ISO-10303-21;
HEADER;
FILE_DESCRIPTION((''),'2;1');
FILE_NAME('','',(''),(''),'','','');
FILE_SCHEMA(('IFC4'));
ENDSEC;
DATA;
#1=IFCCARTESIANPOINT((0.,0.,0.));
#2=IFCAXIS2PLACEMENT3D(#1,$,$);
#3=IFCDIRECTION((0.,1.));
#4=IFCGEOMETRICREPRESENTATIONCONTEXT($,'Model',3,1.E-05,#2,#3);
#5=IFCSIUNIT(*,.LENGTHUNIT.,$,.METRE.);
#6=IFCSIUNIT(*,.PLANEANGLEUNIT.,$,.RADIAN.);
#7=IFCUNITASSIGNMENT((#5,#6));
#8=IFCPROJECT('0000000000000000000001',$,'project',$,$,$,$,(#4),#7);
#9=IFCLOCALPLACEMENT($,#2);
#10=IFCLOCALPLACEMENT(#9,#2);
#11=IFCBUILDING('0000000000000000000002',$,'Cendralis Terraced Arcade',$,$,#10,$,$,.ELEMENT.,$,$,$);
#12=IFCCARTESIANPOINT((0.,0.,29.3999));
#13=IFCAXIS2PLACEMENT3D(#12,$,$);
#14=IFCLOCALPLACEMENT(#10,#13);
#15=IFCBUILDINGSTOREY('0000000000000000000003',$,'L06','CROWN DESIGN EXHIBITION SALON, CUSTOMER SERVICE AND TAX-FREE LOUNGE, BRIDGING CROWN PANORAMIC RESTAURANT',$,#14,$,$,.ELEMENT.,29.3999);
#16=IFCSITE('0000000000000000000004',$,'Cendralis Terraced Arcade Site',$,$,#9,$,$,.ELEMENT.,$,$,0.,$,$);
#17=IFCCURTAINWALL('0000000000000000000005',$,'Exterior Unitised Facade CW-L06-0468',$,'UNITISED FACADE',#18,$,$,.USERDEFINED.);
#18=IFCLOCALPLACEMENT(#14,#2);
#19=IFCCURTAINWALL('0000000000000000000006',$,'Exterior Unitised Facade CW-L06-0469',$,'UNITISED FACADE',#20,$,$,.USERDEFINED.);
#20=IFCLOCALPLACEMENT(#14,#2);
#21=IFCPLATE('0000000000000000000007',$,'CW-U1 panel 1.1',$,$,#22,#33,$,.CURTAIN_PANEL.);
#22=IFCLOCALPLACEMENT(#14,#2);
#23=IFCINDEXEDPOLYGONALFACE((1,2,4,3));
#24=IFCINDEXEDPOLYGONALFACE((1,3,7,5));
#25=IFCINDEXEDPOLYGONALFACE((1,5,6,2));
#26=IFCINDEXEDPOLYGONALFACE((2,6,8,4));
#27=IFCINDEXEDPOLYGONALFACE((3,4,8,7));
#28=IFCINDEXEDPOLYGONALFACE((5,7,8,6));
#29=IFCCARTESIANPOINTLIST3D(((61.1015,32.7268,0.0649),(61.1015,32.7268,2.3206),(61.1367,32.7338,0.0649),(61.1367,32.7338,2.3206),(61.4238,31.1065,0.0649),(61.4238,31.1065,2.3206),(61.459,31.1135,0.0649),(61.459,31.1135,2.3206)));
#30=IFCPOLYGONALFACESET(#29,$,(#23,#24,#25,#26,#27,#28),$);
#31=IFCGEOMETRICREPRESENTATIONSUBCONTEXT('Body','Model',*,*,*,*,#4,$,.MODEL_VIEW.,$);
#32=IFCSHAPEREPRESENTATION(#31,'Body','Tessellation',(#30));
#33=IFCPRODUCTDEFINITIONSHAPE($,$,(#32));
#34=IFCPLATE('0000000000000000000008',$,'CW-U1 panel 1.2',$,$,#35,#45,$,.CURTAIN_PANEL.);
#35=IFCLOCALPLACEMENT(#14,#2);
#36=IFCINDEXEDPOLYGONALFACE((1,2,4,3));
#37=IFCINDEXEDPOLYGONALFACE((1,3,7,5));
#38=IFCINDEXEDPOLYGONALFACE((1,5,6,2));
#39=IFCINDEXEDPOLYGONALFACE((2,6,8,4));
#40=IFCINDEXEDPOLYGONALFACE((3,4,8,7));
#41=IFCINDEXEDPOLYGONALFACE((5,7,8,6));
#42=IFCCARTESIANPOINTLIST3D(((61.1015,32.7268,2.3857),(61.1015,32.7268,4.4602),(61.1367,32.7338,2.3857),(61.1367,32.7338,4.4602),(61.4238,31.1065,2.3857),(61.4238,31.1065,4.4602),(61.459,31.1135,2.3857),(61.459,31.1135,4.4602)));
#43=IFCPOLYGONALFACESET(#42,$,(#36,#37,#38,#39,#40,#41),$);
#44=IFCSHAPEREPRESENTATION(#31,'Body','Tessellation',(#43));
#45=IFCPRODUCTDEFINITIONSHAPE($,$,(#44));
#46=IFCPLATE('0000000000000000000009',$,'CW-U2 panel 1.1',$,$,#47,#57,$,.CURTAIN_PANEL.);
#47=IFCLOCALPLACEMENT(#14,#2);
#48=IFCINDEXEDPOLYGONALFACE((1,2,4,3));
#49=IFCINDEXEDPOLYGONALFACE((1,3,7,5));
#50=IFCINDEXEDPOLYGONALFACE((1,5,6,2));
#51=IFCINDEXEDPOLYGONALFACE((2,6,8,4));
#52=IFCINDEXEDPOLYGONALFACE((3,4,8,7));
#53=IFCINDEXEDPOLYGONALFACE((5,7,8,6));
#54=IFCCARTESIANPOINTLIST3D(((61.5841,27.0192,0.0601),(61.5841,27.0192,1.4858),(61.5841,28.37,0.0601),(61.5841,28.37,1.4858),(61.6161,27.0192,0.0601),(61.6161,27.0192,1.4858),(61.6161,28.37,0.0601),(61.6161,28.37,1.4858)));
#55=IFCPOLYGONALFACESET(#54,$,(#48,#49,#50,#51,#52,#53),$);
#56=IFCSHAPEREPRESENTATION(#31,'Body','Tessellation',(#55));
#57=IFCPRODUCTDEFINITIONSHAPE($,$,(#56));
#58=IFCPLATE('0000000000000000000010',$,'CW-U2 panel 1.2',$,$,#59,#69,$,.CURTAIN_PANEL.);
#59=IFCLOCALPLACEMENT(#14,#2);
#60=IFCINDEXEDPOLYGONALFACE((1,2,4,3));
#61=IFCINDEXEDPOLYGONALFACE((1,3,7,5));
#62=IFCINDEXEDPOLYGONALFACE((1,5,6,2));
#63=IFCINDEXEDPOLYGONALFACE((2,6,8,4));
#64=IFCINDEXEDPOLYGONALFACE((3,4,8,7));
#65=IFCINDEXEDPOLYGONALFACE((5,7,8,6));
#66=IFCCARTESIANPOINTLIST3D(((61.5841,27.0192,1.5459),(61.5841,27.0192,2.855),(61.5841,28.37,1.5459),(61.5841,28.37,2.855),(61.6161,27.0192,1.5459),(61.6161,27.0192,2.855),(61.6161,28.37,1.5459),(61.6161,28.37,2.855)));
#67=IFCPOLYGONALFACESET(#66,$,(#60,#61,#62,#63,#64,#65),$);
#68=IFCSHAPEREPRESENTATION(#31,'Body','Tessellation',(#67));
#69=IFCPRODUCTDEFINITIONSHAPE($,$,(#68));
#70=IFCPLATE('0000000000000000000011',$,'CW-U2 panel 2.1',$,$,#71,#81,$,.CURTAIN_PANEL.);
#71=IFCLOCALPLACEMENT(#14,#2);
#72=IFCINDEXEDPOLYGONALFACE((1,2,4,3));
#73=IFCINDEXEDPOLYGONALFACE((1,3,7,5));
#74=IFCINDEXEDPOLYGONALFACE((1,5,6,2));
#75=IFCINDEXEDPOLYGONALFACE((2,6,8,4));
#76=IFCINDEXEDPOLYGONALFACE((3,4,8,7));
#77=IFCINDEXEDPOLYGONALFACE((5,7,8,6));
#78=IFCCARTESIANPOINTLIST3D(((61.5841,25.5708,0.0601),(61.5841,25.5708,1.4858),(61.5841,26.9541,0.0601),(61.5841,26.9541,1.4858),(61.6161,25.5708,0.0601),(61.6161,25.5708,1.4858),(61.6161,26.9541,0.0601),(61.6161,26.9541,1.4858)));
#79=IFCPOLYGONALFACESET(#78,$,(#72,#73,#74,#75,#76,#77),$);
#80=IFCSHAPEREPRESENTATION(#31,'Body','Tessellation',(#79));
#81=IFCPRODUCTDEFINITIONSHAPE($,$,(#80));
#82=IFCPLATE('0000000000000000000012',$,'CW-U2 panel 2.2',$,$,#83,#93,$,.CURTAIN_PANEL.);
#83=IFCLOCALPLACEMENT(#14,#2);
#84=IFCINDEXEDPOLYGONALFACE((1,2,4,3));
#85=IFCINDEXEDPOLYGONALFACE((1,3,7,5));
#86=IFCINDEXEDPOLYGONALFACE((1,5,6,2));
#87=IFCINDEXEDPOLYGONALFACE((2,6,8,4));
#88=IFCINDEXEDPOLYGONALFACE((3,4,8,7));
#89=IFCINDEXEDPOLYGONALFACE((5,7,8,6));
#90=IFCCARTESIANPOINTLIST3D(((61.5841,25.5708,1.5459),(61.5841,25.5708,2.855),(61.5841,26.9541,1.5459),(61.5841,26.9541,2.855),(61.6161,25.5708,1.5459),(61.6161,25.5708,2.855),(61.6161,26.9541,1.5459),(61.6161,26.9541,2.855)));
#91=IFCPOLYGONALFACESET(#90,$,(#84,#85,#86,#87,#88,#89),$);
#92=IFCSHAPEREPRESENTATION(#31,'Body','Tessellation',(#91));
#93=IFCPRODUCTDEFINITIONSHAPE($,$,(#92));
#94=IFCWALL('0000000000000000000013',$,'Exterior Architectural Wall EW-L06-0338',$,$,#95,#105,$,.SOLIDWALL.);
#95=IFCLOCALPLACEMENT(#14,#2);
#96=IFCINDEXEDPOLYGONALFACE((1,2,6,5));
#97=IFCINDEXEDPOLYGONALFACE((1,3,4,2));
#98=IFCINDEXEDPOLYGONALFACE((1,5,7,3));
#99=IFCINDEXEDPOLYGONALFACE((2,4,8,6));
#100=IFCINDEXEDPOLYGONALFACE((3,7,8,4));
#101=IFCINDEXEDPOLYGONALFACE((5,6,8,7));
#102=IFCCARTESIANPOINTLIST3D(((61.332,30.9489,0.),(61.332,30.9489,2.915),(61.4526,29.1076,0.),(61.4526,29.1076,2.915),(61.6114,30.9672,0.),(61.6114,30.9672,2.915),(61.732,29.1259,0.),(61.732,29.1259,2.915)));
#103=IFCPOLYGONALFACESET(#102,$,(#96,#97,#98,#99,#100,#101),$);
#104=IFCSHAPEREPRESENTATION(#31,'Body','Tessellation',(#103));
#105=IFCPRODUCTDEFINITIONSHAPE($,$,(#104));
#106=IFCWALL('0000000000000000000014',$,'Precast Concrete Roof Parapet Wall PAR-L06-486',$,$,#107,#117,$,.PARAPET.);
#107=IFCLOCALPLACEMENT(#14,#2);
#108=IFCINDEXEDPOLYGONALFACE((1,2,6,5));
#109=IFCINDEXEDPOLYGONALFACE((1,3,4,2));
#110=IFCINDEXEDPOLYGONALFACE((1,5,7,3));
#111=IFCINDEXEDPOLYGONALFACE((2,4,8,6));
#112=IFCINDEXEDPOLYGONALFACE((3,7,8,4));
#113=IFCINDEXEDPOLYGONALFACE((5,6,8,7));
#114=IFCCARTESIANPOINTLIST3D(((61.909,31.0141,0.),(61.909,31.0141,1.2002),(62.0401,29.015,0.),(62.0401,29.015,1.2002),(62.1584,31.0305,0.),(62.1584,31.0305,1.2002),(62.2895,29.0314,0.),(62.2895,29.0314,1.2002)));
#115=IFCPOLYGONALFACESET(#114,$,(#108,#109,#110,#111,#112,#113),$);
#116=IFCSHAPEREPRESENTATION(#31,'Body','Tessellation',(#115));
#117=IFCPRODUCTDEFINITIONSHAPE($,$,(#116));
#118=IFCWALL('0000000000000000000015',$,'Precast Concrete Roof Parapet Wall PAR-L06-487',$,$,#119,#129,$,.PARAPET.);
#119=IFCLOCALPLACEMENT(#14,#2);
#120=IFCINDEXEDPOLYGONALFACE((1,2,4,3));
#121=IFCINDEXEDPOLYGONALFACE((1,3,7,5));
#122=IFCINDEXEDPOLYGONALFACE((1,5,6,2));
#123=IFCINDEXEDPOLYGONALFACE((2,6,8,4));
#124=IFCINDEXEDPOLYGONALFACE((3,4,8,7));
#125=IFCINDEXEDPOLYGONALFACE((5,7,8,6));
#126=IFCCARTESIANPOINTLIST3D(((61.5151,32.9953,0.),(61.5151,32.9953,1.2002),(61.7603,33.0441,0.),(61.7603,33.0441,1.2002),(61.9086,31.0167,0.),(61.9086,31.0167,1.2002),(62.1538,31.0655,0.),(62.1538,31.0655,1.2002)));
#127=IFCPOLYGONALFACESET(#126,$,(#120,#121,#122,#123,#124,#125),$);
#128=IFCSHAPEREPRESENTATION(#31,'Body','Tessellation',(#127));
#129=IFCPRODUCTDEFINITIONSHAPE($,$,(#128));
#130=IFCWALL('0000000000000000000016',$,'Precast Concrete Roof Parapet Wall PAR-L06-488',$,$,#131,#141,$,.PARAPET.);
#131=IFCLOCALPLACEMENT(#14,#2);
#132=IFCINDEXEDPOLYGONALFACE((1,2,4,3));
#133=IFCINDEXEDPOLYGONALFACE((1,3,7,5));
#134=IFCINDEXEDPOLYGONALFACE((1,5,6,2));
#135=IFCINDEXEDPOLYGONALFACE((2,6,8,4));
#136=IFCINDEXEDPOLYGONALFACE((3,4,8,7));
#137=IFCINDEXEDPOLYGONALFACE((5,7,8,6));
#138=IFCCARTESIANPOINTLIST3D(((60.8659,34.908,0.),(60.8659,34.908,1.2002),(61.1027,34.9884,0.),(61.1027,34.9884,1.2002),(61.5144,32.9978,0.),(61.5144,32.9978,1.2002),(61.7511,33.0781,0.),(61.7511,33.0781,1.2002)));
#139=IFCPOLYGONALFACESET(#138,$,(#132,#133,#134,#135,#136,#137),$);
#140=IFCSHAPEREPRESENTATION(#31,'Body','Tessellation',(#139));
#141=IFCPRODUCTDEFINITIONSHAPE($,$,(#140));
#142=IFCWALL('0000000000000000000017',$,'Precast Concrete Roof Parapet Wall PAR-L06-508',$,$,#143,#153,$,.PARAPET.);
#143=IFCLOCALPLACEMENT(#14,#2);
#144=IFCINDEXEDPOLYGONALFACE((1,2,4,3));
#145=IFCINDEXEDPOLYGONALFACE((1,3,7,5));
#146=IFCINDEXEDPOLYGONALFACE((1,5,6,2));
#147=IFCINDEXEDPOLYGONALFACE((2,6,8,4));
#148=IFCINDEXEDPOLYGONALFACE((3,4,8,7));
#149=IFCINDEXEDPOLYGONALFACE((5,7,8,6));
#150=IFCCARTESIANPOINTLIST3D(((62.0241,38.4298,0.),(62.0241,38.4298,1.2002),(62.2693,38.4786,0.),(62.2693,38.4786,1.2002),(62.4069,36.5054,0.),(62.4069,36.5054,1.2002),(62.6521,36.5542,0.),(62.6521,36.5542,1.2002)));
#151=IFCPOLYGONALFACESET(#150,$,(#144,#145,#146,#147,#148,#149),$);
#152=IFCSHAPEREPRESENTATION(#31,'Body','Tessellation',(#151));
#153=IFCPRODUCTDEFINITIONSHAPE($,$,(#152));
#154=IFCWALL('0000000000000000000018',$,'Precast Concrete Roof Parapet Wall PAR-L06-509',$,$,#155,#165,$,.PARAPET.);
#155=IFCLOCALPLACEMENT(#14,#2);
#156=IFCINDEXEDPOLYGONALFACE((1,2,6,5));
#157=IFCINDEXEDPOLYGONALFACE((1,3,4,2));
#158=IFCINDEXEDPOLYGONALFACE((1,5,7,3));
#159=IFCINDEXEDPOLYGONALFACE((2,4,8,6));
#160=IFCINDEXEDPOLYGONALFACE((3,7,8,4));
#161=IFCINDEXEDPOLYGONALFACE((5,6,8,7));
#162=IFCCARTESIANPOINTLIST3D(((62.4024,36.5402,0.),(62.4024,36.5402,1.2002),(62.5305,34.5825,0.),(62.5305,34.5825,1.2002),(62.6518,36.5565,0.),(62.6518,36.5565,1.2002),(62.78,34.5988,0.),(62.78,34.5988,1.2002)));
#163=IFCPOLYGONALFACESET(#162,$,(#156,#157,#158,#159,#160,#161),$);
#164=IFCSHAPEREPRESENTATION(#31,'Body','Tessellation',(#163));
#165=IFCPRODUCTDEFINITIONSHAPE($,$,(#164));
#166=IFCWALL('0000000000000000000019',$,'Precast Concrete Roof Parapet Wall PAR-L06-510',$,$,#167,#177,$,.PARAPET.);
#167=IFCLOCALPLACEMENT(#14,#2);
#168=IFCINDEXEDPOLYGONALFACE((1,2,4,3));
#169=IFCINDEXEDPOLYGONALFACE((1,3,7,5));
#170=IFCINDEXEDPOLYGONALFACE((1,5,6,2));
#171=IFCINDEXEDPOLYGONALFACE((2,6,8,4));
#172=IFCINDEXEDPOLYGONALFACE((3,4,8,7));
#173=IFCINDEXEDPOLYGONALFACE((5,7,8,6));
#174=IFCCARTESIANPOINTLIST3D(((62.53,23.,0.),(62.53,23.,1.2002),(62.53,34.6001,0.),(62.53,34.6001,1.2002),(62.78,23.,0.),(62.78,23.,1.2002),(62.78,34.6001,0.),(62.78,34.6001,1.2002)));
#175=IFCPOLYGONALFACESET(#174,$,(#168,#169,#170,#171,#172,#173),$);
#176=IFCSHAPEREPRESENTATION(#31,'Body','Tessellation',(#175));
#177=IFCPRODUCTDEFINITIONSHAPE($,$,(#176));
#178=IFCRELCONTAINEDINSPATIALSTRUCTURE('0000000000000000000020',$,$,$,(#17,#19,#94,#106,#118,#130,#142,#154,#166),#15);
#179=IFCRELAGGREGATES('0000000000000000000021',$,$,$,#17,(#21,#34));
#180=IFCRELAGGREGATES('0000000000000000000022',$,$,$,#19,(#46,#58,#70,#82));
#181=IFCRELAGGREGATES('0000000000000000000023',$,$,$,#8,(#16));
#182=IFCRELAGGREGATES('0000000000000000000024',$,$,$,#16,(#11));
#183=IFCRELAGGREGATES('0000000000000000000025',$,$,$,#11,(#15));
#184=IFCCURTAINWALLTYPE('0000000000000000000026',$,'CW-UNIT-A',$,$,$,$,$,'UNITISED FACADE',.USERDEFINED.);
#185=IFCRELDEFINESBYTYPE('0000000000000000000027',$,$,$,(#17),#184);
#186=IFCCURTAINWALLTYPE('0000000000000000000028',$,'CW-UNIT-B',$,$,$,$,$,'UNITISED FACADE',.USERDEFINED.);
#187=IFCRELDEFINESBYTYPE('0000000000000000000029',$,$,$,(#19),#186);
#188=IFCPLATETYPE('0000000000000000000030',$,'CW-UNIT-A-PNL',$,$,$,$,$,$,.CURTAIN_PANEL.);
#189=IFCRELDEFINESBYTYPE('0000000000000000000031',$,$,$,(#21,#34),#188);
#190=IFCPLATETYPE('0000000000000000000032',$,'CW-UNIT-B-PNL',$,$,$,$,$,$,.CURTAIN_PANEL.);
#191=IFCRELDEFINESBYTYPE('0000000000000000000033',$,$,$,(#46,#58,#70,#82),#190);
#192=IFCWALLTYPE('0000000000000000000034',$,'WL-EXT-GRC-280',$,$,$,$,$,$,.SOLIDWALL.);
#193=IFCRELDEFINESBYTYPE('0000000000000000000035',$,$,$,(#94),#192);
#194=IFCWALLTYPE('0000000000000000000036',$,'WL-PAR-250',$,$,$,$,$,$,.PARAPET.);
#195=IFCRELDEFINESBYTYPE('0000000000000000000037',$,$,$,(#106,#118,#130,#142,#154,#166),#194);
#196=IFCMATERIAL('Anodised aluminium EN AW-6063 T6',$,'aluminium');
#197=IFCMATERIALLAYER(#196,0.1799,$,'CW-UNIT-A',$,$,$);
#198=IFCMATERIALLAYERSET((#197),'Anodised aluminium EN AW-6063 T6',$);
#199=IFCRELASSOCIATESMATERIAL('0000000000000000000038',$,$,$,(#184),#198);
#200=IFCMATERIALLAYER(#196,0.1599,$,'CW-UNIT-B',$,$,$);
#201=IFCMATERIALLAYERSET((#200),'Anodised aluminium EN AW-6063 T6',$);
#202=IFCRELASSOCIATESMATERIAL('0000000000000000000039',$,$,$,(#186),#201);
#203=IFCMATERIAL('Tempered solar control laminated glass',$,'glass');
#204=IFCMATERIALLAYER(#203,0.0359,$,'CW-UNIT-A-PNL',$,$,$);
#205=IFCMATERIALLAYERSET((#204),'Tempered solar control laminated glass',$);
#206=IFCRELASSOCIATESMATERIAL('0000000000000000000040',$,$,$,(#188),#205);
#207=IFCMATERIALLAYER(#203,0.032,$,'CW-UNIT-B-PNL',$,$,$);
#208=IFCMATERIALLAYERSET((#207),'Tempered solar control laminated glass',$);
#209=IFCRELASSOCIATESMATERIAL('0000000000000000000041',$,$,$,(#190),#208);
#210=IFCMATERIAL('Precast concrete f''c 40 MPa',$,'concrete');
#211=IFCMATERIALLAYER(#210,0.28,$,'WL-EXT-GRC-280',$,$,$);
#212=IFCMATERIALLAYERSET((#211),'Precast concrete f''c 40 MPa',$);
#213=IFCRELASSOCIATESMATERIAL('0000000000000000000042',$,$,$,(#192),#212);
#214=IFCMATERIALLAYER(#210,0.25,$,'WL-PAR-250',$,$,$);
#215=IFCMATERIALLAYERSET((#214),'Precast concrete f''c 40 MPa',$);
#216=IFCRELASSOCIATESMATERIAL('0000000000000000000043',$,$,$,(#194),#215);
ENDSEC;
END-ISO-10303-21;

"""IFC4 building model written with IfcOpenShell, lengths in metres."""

from ifc_helpers import new_model, si_unit, direction, frame, frame_2d, origin, origin_2d, place, context, subcontext, project, spatial, rectangle, extrude, material, layer, layer_set, type_object, element, aggregate, save


model = new_model("IFC4")

# Units and contexts
model_context = context("Model", 3, precision=1e-05, world=origin(), true_north=direction((0.0, 1.0)))
body_context = subcontext(model_context, "Body", "Model", "MODEL_VIEW")
ifc_project = project(units=[si_unit("LENGTHUNIT", "METRE"), si_unit("PLANEANGLEUNIT", "RADIAN")], contexts=[model_context])

# Site, building, storey
site_placement = place(None, origin())
site = spatial("IfcSite", under=ifc_project, at=site_placement, Name="Cendralis Terraced Arcade Site", CompositionType="ELEMENT", RefElevation=0.0)
building_placement = place(site_placement, origin())
building = spatial("IfcBuilding", under=site, at=building_placement, Name="Cendralis Terraced Arcade", CompositionType="ELEMENT")
storey_placement = place(building_placement, frame((0.0, 0.0, 29.3999)))
storey = spatial("IfcBuildingStorey", under=building, at=storey_placement, Name="L06", Description="CROWN DESIGN EXHIBITION SALON, CUSTOMER SERVICE AND TAX-FREE LOUNGE, BRIDGING CROWN PANORAMIC RESTAURANT", CompositionType="ELEMENT", Elevation=29.3999)

# Curtain walls
ifc_material_1 = material(Name="Anodised aluminium EN AW-6063 T6", Category="aluminium")
ifc_layer_1 = layer(ifc_material_1, 0.1799, Name="CW-UNIT-A")
ifc_layer_set_1 = layer_set([ifc_layer_1], Name="Anodised aluminium EN AW-6063 T6")
curtain_wall_type_1 = type_object("IfcCurtainWallType", Name="CW-UNIT-A", ElementType="UNITISED FACADE", PredefinedType="USERDEFINED", material=ifc_layer_set_1)
curtain_wall_1_placement = place(storey_placement, origin())
curtain_wall_1 = element("IfcCurtainWall", 1, at=curtain_wall_1_placement, inside=storey, type_object=curtain_wall_type_1, Name="Exterior Unitised Facade CW-L06-0468", ObjectType="UNITISED FACADE", PredefinedType="USERDEFINED")
ifc_layer_2 = layer(ifc_material_1, 0.1599, Name="CW-UNIT-B")
ifc_layer_set_2 = layer_set([ifc_layer_2], Name="Anodised aluminium EN AW-6063 T6")
curtain_wall_type_2 = type_object("IfcCurtainWallType", Name="CW-UNIT-B", ElementType="UNITISED FACADE", PredefinedType="USERDEFINED", material=ifc_layer_set_2)
curtain_wall_2_placement = place(storey_placement, origin())
curtain_wall_2 = element("IfcCurtainWall", 2, at=curtain_wall_2_placement, inside=storey, type_object=curtain_wall_type_2, Name="Exterior Unitised Facade CW-L06-0469", ObjectType="UNITISED FACADE", PredefinedType="USERDEFINED")

# Plates
ifc_material_2 = material(Name="Tempered solar control laminated glass", Category="glass")
ifc_layer_3 = layer(ifc_material_2, 0.0359, Name="CW-UNIT-A-PNL")
ifc_layer_set_3 = layer_set([ifc_layer_3], Name="Tempered solar control laminated glass")
plate_type_1 = type_object("IfcPlateType", Name="CW-UNIT-A-PNL", PredefinedType="CURTAIN_PANEL", material=ifc_layer_set_3)
plate_1_placement = place(storey_placement, frame((61.2803, 31.9202, 0.0649), z_axis=(0.0, 0.0, 1.0), x_axis=(0.195058, -0.980792, 0.0)))
plate_1 = element("IfcPlate", 3, at=plate_1_placement, type_object=plate_type_1, Name="CW-U1 panel 1.1", PredefinedType="CURTAIN_PANEL", context=body_context, shape_type="SweptSolid", body=[
    extrude(rectangle(XDim=1.6521, YDim=0.0359, at=origin_2d()), origin(), (0.0, 0.0, 1.0), 2.2556),
])
plate_2_placement = place(storey_placement, frame((61.2803, 31.9202, 2.3857), z_axis=(0.0, 0.0, 1.0), x_axis=(0.195058, -0.980792, 0.0)))
plate_2 = element("IfcPlate", 4, at=plate_2_placement, type_object=plate_type_1, Name="CW-U1 panel 1.2", PredefinedType="CURTAIN_PANEL", context=body_context, shape_type="SweptSolid", body=[
    extrude(rectangle(XDim=1.6521, YDim=0.0359, at=origin_2d()), origin(), (0.0, 0.0, 1.0), 2.0745),
])
aggregate(curtain_wall_1, [plate_1, plate_2])
ifc_layer_4 = layer(ifc_material_2, 0.032, Name="CW-UNIT-B-PNL")
ifc_layer_set_4 = layer_set([ifc_layer_4], Name="Tempered solar control laminated glass")
plate_type_2 = type_object("IfcPlateType", Name="CW-UNIT-B-PNL", PredefinedType="CURTAIN_PANEL", material=ifc_layer_set_4)
plate_3_placement = place(storey_placement, frame((61.6001, 27.6946, 0.0601), z_axis=(0.0, 0.0, 1.0), x_axis=(0.0, -1.0, 0.0)))
plate_3 = element("IfcPlate", 5, at=plate_3_placement, type_object=plate_type_2, Name="CW-U2 panel 1.1", PredefinedType="CURTAIN_PANEL", context=body_context, shape_type="SweptSolid", body=[
    extrude(rectangle(XDim=1.3508, YDim=0.032, at=origin_2d()), origin(), (0.0, 0.0, 1.0), 1.4258),
])
plate_4_placement = place(storey_placement, frame((61.6001, 27.6946, 1.5459), z_axis=(0.0, 0.0, 1.0), x_axis=(0.0, -1.0, 0.0)))
plate_4 = element("IfcPlate", 6, at=plate_4_placement, type_object=plate_type_2, Name="CW-U2 panel 1.2", PredefinedType="CURTAIN_PANEL", context=body_context, shape_type="SweptSolid", body=[
    extrude(rectangle(XDim=1.3508, YDim=0.032, at=origin_2d()), origin(), (0.0, 0.0, 1.0), 1.3091),
])
plate_5_placement = place(storey_placement, frame((61.6001, 26.2625, 0.0601), z_axis=(0.0, 0.0, 1.0), x_axis=(0.0, -1.0, 0.0)))
plate_5 = element("IfcPlate", 7, at=plate_5_placement, type_object=plate_type_2, Name="CW-U2 panel 2.1", PredefinedType="CURTAIN_PANEL", context=body_context, shape_type="SweptSolid", body=[
    extrude(rectangle(XDim=1.3833, YDim=0.032, at=origin_2d()), origin(), (0.0, 0.0, 1.0), 1.4258),
])
plate_6_placement = place(storey_placement, frame((61.6001, 26.2625, 1.5459), z_axis=(0.0, 0.0, 1.0), x_axis=(0.0, -1.0, 0.0)))
plate_6 = element("IfcPlate", 8, at=plate_6_placement, type_object=plate_type_2, Name="CW-U2 panel 2.2", PredefinedType="CURTAIN_PANEL", context=body_context, shape_type="SweptSolid", body=[
    extrude(rectangle(XDim=1.3833, YDim=0.032, at=origin_2d()), origin(), (0.0, 0.0, 1.0), 1.3091),
])
aggregate(curtain_wall_2, [plate_3, plate_4, plate_5, plate_6])

# Walls
ifc_material_3 = material(Name="Precast concrete f'c 40 MPa", Category="concrete")
ifc_layer_5 = layer(ifc_material_3, 0.28, Name="WL-EXT-GRC-280")
ifc_layer_set_5 = layer_set([ifc_layer_5], Name="Precast concrete f'c 40 MPa")
wall_type_1 = type_object("IfcWallType", Name="WL-EXT-GRC-280", PredefinedType="SOLIDWALL", material=ifc_layer_set_5)
wall_1_placement = place(storey_placement, frame((61.4717, 30.958, 0.0), z_axis=(0.0, 0.0, 1.0), x_axis=(0.06536, -0.997862, 0.0)))
element("IfcWall", 9, at=wall_1_placement, inside=storey, type_object=wall_type_1, Name="Exterior Architectural Wall EW-L06-0338", PredefinedType="SOLIDWALL", context=body_context, shape_type="SweptSolid", body=[
    extrude(rectangle(XDim=1.8452, YDim=0.28, at=frame_2d((0.9226, 0.0))), origin(), (0.0, 0.0, 1.0), 2.915),
])
ifc_layer_6 = layer(ifc_material_3, 0.25, Name="WL-PAR-250")
ifc_layer_set_6 = layer_set([ifc_layer_6], Name="Precast concrete f'c 40 MPa")
wall_type_2 = type_object("IfcWallType", Name="WL-PAR-250", PredefinedType="PARAPET", material=ifc_layer_set_6)
wall_2_placement = place(storey_placement, frame((62.1648, 29.0232, 0.0), z_axis=(0.0, 0.0, 1.0), x_axis=(-0.065443, 0.997856, 0.0)))
element("IfcWall", 10, at=wall_2_placement, inside=storey, type_object=wall_type_2, Name="Precast Concrete Roof Parapet Wall PAR-L06-486", PredefinedType="PARAPET", context=body_context, shape_type="SweptSolid", body=[
    extrude(rectangle(XDim=2.0034, YDim=0.25, at=frame_2d((1.0017, 0.0))), origin(), (0.0, 0.0, 1.0), 1.2002),
])
for number, where, z_axis, x_axis, name in (
    (11, (62.0312, 31.041, 0.0), (0.0, 0.0, 1.0), (-0.195092, 0.980785, 0.0), "Precast Concrete Roof Parapet Wall PAR-L06-487"),
    (12, (61.6328, 33.0378, 0.0), (0.0, 0.0, 1.0), (-0.321451, 0.946926, 0.0), "Precast Concrete Roof Parapet Wall PAR-L06-488"),
):
    element("IfcWall", number, at=place(storey_placement, frame(where, z_axis=z_axis, x_axis=x_axis)), inside=storey, type_object=wall_type_2, Name=name, PredefinedType="PARAPET", context=body_context, shape_type="SweptSolid", body=[
        extrude(rectangle(XDim=2.0173, YDim=0.25, at=frame_2d((1.0088, 0.0))), origin(), (0.0, 0.0, 1.0), 1.2002),
    ])
wall_3_placement = place(storey_placement, frame((62.1467, 38.4541, 0.0), z_axis=(0.0, 0.0, 1.0), x_axis=(0.195087, -0.980786, 0.0)))
element("IfcWall", 13, at=wall_3_placement, inside=storey, type_object=wall_type_2, Name="Precast Concrete Roof Parapet Wall PAR-L06-508", PredefinedType="PARAPET", context=body_context, shape_type="SweptSolid", body=[
    extrude(rectangle(XDim=1.9622, YDim=0.25, at=frame_2d((0.981, 0.0))), origin(), (0.0, 0.0, 1.0), 1.2002),
])
wall_4_placement = place(storey_placement, frame((62.5271, 36.5483, 0.0), z_axis=(0.0, 0.0, 1.0), x_axis=(0.06533, -0.997864, 0.0)))
element("IfcWall", 14, at=wall_4_placement, inside=storey, type_object=wall_type_2, Name="Precast Concrete Roof Parapet Wall PAR-L06-509", PredefinedType="PARAPET", context=body_context, shape_type="SweptSolid", body=[
    extrude(rectangle(XDim=1.9619, YDim=0.25, at=frame_2d((0.981, 0.0))), origin(), (0.0, 0.0, 1.0), 1.2002),
])
wall_5_placement = place(storey_placement, frame((62.655, 34.6001, 0.0), z_axis=(0.0, 0.0, 1.0), x_axis=(0.0, -1.0, 0.0)))
element("IfcWall", 15, at=wall_5_placement, inside=storey, type_object=wall_type_2, Name="Precast Concrete Roof Parapet Wall PAR-L06-510", PredefinedType="PARAPET", context=body_context, shape_type="SweptSolid", body=[
    extrude(rectangle(XDim=11.6001, YDim=0.25, at=frame_2d((5.8, 0.0))), origin(), (0.0, 0.0, 1.0), 1.2002),
])

save(model, "model.ifc")
